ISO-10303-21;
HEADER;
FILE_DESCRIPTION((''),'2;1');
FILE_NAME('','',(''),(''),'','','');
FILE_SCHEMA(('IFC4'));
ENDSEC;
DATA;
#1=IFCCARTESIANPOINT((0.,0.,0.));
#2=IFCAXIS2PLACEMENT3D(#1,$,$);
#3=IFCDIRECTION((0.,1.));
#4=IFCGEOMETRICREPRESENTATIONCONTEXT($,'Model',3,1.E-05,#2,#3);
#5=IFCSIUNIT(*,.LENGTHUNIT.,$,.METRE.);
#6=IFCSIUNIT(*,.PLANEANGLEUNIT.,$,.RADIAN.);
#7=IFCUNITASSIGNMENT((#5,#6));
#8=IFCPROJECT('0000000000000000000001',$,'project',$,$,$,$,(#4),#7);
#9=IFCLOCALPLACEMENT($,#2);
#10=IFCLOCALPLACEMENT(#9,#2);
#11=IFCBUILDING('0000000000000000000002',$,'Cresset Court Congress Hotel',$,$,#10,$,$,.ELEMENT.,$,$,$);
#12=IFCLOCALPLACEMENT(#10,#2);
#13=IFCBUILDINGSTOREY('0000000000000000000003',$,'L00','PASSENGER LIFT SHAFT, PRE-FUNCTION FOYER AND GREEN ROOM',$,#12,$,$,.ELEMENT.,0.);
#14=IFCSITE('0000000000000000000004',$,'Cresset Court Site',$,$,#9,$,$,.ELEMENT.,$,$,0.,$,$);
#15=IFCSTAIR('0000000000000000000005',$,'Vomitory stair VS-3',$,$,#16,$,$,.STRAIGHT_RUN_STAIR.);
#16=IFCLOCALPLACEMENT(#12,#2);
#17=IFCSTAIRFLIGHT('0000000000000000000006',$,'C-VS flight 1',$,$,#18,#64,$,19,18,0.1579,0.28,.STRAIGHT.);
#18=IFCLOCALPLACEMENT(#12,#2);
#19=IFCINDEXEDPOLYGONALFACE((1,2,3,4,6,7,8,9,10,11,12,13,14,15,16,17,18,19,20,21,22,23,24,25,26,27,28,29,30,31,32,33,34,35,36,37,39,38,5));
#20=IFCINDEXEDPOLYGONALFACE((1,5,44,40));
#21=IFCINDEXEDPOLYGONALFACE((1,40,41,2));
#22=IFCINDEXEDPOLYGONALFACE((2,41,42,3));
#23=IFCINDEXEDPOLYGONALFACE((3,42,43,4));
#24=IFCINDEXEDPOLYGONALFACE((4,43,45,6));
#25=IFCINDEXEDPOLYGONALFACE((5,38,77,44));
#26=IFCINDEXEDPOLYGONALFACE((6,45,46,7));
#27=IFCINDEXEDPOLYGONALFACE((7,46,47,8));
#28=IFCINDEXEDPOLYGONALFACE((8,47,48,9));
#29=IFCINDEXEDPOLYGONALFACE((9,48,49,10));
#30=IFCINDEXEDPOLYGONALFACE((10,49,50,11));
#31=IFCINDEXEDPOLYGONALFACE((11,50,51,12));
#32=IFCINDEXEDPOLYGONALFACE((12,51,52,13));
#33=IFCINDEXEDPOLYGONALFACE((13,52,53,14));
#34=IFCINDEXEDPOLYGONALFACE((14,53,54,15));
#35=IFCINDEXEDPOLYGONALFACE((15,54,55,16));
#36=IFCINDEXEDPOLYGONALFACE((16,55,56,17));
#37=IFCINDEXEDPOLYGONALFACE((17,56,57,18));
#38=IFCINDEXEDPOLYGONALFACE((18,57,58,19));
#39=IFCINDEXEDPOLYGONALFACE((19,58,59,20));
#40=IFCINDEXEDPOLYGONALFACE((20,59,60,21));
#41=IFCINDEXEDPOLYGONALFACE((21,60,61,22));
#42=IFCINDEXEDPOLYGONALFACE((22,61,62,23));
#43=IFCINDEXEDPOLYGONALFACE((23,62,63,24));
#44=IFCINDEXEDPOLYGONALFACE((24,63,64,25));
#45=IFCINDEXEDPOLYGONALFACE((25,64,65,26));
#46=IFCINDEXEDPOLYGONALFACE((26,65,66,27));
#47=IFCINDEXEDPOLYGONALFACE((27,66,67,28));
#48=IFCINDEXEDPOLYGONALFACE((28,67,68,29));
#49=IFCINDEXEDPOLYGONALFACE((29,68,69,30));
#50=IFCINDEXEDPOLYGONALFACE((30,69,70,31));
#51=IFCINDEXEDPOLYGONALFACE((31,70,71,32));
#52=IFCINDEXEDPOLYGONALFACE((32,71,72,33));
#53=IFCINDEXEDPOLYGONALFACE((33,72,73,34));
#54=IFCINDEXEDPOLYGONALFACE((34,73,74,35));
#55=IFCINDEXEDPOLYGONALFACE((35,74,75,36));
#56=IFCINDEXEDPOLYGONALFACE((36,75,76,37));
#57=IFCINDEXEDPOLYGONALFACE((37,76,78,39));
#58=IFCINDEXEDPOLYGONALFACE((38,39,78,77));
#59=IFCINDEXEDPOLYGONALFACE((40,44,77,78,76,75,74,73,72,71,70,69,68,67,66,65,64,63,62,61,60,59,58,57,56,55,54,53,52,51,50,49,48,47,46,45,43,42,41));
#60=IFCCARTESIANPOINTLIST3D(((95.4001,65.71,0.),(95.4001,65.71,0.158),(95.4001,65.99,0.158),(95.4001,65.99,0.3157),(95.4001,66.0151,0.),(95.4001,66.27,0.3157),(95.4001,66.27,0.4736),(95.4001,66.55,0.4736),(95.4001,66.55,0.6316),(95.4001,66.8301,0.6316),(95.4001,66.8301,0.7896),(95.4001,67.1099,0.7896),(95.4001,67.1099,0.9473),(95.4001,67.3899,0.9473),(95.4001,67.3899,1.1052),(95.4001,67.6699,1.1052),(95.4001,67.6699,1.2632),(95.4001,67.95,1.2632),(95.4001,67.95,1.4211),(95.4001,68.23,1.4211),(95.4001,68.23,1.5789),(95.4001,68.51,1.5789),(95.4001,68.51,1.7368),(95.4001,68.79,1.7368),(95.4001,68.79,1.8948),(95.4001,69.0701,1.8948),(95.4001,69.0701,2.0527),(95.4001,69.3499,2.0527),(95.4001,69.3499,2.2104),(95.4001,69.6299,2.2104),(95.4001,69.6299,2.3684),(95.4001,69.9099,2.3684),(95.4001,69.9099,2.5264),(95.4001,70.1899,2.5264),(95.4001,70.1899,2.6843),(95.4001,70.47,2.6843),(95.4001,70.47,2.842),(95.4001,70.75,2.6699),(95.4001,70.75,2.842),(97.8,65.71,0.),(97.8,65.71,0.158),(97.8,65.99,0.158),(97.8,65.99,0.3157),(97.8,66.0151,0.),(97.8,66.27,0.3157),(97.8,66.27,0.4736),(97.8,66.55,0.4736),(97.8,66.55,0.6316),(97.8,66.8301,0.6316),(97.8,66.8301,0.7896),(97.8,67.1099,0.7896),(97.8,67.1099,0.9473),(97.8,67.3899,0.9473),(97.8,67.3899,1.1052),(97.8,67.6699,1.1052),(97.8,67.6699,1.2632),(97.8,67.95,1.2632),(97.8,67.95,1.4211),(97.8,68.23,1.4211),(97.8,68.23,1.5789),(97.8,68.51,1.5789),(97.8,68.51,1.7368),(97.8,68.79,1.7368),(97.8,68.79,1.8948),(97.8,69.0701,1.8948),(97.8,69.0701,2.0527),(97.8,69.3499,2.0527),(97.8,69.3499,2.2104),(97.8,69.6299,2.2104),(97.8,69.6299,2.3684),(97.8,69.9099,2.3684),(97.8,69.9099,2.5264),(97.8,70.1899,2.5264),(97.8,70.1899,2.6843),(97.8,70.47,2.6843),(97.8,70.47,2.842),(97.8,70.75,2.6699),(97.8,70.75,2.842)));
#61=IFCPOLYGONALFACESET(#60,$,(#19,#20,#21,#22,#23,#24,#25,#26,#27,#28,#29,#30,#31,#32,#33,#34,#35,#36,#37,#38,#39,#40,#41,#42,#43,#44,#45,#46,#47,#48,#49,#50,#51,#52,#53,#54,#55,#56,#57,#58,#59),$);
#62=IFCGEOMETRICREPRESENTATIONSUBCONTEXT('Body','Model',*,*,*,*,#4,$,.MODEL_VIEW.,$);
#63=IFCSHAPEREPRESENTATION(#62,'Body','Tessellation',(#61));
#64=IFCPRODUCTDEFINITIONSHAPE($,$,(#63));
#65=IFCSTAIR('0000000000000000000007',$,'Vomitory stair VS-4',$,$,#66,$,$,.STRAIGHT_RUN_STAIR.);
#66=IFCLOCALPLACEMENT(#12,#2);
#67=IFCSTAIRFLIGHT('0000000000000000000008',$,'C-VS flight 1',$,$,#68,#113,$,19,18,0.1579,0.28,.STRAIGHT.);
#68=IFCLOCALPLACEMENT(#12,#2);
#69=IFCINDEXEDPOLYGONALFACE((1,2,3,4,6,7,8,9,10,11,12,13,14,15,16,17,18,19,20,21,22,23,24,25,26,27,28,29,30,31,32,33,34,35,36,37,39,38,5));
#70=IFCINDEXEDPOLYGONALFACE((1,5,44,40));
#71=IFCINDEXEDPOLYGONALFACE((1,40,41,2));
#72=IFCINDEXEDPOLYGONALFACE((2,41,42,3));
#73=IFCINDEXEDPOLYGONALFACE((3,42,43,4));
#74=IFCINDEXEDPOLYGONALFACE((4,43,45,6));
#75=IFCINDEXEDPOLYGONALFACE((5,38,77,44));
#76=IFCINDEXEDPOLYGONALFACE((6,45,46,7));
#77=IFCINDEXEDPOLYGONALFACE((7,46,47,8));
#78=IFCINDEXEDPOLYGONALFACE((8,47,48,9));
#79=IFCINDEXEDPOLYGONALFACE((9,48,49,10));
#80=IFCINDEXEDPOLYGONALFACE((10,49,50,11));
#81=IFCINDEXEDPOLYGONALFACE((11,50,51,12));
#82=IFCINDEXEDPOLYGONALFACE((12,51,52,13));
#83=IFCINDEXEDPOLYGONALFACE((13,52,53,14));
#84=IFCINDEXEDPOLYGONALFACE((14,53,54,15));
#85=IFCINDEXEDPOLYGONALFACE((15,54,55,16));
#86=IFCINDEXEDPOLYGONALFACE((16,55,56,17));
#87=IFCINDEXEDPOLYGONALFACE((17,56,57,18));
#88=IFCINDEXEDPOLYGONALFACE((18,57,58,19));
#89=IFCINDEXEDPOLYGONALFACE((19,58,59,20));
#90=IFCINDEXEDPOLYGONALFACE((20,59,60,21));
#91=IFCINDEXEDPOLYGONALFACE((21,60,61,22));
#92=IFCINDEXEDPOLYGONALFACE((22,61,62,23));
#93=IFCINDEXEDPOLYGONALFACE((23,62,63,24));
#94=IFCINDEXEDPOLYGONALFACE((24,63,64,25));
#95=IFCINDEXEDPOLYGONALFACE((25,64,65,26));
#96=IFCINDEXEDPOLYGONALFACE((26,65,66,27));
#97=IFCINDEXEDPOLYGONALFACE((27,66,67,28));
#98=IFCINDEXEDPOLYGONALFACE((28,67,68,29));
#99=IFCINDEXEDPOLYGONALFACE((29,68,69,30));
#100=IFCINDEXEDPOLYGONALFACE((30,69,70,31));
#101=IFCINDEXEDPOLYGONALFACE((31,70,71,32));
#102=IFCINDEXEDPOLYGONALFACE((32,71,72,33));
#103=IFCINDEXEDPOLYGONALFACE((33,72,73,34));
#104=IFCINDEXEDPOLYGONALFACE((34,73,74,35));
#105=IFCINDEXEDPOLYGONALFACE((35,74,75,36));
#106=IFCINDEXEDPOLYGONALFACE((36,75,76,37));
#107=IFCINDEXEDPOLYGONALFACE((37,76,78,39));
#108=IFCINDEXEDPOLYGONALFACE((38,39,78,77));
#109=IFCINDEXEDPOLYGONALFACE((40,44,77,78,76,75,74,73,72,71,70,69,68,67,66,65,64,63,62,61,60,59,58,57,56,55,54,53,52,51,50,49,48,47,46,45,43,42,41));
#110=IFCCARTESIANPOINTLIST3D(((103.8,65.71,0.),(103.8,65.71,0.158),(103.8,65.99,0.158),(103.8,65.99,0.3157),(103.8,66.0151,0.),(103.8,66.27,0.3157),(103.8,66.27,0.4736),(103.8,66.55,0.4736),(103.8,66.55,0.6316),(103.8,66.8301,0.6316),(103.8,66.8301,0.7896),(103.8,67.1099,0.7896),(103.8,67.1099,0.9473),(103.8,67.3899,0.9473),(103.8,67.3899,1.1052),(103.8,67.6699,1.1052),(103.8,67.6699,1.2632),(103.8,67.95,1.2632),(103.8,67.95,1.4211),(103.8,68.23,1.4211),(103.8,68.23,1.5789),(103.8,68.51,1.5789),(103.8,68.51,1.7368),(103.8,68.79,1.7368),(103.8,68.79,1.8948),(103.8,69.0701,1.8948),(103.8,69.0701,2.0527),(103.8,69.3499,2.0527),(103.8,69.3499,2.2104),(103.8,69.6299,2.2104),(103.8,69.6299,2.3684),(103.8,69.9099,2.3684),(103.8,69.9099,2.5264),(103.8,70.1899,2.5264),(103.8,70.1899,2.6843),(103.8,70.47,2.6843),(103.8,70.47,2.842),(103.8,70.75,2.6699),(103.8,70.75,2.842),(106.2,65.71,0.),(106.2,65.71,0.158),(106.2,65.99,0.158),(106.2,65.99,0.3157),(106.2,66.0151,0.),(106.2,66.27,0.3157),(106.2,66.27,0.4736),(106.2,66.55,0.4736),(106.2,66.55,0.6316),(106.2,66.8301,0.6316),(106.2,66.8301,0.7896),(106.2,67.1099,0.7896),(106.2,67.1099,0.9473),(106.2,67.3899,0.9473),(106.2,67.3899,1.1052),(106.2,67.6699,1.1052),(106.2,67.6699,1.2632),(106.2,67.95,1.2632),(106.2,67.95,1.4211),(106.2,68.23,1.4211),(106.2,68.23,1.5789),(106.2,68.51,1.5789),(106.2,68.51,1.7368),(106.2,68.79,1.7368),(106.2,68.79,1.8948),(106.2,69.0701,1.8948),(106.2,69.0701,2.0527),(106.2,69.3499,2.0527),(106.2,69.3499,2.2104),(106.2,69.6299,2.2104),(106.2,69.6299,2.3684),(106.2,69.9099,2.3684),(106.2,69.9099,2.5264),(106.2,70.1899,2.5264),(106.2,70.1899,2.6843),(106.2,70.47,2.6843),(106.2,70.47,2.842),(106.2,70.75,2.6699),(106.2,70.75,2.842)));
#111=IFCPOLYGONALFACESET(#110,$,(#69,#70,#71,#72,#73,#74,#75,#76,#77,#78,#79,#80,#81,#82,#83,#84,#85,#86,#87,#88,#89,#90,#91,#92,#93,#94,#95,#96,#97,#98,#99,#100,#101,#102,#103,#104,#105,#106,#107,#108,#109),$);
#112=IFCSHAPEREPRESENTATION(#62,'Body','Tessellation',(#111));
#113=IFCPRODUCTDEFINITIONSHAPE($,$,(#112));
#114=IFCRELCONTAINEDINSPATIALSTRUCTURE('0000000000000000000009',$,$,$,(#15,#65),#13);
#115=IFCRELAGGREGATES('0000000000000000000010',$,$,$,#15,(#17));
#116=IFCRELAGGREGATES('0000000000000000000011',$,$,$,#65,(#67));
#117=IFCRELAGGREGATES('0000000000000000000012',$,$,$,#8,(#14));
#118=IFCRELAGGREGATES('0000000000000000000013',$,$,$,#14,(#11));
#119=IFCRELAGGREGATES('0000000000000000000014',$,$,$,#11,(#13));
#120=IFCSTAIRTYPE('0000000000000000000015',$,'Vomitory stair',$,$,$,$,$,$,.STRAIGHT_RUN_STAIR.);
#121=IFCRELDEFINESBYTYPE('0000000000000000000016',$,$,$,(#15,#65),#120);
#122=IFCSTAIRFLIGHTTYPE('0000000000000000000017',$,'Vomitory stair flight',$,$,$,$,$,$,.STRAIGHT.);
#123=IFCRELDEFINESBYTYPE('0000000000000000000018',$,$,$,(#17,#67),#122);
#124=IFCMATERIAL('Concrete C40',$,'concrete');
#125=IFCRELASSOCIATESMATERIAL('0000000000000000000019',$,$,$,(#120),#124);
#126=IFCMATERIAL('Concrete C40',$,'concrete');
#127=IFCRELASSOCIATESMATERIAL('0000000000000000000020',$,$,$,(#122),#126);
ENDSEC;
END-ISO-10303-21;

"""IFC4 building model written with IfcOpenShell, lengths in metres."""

from ifc_helpers import new_model, si_unit, direction, frame, origin, place, context, subcontext, project, spatial, polyline, outline, extrude, material, type_object, element, aggregate, save


model = new_model("IFC4")

# Units and contexts
model_context = context("Model", 3, precision=1e-05, world=origin(), true_north=direction((0.0, 1.0)))
body_context = subcontext(model_context, "Body", "Model", "MODEL_VIEW")
ifc_project = project(units=[si_unit("LENGTHUNIT", "METRE"), si_unit("PLANEANGLEUNIT", "RADIAN")], contexts=[model_context])

# Site, building, storey
site_placement = place(None, origin())
site = spatial("IfcSite", under=ifc_project, at=site_placement, Name="Cresset Court Site", CompositionType="ELEMENT", RefElevation=0.0)
building_placement = place(site_placement, origin())
building = spatial("IfcBuilding", under=site, at=building_placement, Name="Cresset Court Congress Hotel", CompositionType="ELEMENT")
storey_placement = place(building_placement, origin())
storey = spatial("IfcBuildingStorey", under=building, at=storey_placement, Name="L00", Description="PASSENGER LIFT SHAFT, PRE-FUNCTION FOYER AND GREEN ROOM", CompositionType="ELEMENT", Elevation=0.0)

# Stairs, stair flights
ifc_material_1 = material(Name="Concrete C40", Category="concrete")
stair_type_1 = type_object("IfcStairType", Name="Vomitory stair", PredefinedType="STRAIGHT_RUN_STAIR", material=ifc_material_1)
stair_1_placement = place(storey_placement, origin())
stair_1 = element("IfcStair", 1, at=stair_1_placement, inside=storey, type_object=stair_type_1, Name="Vomitory stair VS-3", PredefinedType="STRAIGHT_RUN_STAIR")
ifc_material_2 = material(Name="Concrete C40", Category="concrete")
stair_flight_type_1 = type_object("IfcStairFlightType", Name="Vomitory stair flight", PredefinedType="STRAIGHT", material=ifc_material_2)
stair_flight_1_placement = place(storey_placement, frame((96.6001, 65.71, 0.0), z_axis=(0.0, 0.0, 1.0), x_axis=(0.0, 1.0, 0.0)))
stair_flight_1 = element("IfcStairFlight", 2, at=stair_flight_1_placement, type_object=stair_flight_type_1, Name="C-VS flight 1", NumberOfRisers=19, NumberOfTreads=18, PredefinedType="STRAIGHT", RiserHeight=0.1579, TreadLength=0.28, context=body_context, shape_type="SweptSolid", body=[
    extrude(outline(polyline([(0.0, 0.0), (0.0, 0.158), (0.28, 0.158), (0.28, 0.3157), (0.5601, 0.3157), (0.5601, 0.4736), (0.8401, 0.4736), (0.8401, 0.6316), (1.1201, 0.6316), (1.1201, 0.7896), (1.3999, 0.7896), (1.3999, 0.9473), (1.6799, 0.9473), (1.6799, 1.1052), (1.96, 1.1052), (1.96, 1.2632), (2.24, 1.2632), (2.24, 1.4211), (2.52, 1.4211), (2.52, 1.5789), (2.8, 1.5789), (2.8, 1.7368), (3.0801, 1.7368), (3.0801, 1.8948), (3.3601, 1.8948), (3.3601, 2.0527), (3.6399, 2.0527), (3.6399, 2.2104), (3.9199, 2.2104), (3.9199, 2.3684), (4.2, 2.3684), (4.2, 2.5264), (4.48, 2.5264), (4.48, 2.6843), (4.76, 2.6843), (4.76, 2.842), (5.04, 2.842), (5.04, 3.0), (5.04, 2.6699), (0.3052, 0.0), (0.0, 0.0)])), frame((0.0, 1.2, 0.0), z_axis=(0.0, -1.0, 0.0), x_axis=(1.0, 0.0, 0.0)), (0.0, 0.0, 1.0), 2.3999),
])
aggregate(stair_1, [stair_flight_1])
stair_2_placement = place(storey_placement, origin())
stair_2 = element("IfcStair", 3, at=stair_2_placement, inside=storey, type_object=stair_type_1, Name="Vomitory stair VS-4", PredefinedType="STRAIGHT_RUN_STAIR")
stair_flight_2_placement = place(storey_placement, frame((105.0, 65.71, 0.0), z_axis=(0.0, 0.0, 1.0), x_axis=(0.0, 1.0, 0.0)))
stair_flight_2 = element("IfcStairFlight", 4, at=stair_flight_2_placement, type_object=stair_flight_type_1, Name="C-VS flight 1", NumberOfRisers=19, NumberOfTreads=18, PredefinedType="STRAIGHT", RiserHeight=0.1579, TreadLength=0.28, context=body_context, shape_type="SweptSolid", body=[
    extrude(outline(polyline([(0.0, 0.0), (0.0, 0.158), (0.28, 0.158), (0.28, 0.3157), (0.5601, 0.3157), (0.5601, 0.4736), (0.8401, 0.4736), (0.8401, 0.6316), (1.1201, 0.6316), (1.1201, 0.7896), (1.3999, 0.7896), (1.3999, 0.9473), (1.6799, 0.9473), (1.6799, 1.1052), (1.96, 1.1052), (1.96, 1.2632), (2.24, 1.2632), (2.24, 1.4211), (2.52, 1.4211), (2.52, 1.5789), (2.8, 1.5789), (2.8, 1.7368), (3.0801, 1.7368), (3.0801, 1.8948), (3.3601, 1.8948), (3.3601, 2.0527), (3.6399, 2.0527), (3.6399, 2.2104), (3.9199, 2.2104), (3.9199, 2.3684), (4.2, 2.3684), (4.2, 2.5264), (4.48, 2.5264), (4.48, 2.6843), (4.76, 2.6843), (4.76, 2.842), (5.04, 2.842), (5.04, 3.0), (5.04, 2.6699), (0.3052, 0.0), (0.0, 0.0)])), frame((0.0, 1.2, 0.0), z_axis=(0.0, -1.0, 0.0), x_axis=(1.0, 0.0, 0.0)), (0.0, 0.0, 1.0), 2.3999),
])
aggregate(stair_2, [stair_flight_2])

save(model, "model.ifc")
